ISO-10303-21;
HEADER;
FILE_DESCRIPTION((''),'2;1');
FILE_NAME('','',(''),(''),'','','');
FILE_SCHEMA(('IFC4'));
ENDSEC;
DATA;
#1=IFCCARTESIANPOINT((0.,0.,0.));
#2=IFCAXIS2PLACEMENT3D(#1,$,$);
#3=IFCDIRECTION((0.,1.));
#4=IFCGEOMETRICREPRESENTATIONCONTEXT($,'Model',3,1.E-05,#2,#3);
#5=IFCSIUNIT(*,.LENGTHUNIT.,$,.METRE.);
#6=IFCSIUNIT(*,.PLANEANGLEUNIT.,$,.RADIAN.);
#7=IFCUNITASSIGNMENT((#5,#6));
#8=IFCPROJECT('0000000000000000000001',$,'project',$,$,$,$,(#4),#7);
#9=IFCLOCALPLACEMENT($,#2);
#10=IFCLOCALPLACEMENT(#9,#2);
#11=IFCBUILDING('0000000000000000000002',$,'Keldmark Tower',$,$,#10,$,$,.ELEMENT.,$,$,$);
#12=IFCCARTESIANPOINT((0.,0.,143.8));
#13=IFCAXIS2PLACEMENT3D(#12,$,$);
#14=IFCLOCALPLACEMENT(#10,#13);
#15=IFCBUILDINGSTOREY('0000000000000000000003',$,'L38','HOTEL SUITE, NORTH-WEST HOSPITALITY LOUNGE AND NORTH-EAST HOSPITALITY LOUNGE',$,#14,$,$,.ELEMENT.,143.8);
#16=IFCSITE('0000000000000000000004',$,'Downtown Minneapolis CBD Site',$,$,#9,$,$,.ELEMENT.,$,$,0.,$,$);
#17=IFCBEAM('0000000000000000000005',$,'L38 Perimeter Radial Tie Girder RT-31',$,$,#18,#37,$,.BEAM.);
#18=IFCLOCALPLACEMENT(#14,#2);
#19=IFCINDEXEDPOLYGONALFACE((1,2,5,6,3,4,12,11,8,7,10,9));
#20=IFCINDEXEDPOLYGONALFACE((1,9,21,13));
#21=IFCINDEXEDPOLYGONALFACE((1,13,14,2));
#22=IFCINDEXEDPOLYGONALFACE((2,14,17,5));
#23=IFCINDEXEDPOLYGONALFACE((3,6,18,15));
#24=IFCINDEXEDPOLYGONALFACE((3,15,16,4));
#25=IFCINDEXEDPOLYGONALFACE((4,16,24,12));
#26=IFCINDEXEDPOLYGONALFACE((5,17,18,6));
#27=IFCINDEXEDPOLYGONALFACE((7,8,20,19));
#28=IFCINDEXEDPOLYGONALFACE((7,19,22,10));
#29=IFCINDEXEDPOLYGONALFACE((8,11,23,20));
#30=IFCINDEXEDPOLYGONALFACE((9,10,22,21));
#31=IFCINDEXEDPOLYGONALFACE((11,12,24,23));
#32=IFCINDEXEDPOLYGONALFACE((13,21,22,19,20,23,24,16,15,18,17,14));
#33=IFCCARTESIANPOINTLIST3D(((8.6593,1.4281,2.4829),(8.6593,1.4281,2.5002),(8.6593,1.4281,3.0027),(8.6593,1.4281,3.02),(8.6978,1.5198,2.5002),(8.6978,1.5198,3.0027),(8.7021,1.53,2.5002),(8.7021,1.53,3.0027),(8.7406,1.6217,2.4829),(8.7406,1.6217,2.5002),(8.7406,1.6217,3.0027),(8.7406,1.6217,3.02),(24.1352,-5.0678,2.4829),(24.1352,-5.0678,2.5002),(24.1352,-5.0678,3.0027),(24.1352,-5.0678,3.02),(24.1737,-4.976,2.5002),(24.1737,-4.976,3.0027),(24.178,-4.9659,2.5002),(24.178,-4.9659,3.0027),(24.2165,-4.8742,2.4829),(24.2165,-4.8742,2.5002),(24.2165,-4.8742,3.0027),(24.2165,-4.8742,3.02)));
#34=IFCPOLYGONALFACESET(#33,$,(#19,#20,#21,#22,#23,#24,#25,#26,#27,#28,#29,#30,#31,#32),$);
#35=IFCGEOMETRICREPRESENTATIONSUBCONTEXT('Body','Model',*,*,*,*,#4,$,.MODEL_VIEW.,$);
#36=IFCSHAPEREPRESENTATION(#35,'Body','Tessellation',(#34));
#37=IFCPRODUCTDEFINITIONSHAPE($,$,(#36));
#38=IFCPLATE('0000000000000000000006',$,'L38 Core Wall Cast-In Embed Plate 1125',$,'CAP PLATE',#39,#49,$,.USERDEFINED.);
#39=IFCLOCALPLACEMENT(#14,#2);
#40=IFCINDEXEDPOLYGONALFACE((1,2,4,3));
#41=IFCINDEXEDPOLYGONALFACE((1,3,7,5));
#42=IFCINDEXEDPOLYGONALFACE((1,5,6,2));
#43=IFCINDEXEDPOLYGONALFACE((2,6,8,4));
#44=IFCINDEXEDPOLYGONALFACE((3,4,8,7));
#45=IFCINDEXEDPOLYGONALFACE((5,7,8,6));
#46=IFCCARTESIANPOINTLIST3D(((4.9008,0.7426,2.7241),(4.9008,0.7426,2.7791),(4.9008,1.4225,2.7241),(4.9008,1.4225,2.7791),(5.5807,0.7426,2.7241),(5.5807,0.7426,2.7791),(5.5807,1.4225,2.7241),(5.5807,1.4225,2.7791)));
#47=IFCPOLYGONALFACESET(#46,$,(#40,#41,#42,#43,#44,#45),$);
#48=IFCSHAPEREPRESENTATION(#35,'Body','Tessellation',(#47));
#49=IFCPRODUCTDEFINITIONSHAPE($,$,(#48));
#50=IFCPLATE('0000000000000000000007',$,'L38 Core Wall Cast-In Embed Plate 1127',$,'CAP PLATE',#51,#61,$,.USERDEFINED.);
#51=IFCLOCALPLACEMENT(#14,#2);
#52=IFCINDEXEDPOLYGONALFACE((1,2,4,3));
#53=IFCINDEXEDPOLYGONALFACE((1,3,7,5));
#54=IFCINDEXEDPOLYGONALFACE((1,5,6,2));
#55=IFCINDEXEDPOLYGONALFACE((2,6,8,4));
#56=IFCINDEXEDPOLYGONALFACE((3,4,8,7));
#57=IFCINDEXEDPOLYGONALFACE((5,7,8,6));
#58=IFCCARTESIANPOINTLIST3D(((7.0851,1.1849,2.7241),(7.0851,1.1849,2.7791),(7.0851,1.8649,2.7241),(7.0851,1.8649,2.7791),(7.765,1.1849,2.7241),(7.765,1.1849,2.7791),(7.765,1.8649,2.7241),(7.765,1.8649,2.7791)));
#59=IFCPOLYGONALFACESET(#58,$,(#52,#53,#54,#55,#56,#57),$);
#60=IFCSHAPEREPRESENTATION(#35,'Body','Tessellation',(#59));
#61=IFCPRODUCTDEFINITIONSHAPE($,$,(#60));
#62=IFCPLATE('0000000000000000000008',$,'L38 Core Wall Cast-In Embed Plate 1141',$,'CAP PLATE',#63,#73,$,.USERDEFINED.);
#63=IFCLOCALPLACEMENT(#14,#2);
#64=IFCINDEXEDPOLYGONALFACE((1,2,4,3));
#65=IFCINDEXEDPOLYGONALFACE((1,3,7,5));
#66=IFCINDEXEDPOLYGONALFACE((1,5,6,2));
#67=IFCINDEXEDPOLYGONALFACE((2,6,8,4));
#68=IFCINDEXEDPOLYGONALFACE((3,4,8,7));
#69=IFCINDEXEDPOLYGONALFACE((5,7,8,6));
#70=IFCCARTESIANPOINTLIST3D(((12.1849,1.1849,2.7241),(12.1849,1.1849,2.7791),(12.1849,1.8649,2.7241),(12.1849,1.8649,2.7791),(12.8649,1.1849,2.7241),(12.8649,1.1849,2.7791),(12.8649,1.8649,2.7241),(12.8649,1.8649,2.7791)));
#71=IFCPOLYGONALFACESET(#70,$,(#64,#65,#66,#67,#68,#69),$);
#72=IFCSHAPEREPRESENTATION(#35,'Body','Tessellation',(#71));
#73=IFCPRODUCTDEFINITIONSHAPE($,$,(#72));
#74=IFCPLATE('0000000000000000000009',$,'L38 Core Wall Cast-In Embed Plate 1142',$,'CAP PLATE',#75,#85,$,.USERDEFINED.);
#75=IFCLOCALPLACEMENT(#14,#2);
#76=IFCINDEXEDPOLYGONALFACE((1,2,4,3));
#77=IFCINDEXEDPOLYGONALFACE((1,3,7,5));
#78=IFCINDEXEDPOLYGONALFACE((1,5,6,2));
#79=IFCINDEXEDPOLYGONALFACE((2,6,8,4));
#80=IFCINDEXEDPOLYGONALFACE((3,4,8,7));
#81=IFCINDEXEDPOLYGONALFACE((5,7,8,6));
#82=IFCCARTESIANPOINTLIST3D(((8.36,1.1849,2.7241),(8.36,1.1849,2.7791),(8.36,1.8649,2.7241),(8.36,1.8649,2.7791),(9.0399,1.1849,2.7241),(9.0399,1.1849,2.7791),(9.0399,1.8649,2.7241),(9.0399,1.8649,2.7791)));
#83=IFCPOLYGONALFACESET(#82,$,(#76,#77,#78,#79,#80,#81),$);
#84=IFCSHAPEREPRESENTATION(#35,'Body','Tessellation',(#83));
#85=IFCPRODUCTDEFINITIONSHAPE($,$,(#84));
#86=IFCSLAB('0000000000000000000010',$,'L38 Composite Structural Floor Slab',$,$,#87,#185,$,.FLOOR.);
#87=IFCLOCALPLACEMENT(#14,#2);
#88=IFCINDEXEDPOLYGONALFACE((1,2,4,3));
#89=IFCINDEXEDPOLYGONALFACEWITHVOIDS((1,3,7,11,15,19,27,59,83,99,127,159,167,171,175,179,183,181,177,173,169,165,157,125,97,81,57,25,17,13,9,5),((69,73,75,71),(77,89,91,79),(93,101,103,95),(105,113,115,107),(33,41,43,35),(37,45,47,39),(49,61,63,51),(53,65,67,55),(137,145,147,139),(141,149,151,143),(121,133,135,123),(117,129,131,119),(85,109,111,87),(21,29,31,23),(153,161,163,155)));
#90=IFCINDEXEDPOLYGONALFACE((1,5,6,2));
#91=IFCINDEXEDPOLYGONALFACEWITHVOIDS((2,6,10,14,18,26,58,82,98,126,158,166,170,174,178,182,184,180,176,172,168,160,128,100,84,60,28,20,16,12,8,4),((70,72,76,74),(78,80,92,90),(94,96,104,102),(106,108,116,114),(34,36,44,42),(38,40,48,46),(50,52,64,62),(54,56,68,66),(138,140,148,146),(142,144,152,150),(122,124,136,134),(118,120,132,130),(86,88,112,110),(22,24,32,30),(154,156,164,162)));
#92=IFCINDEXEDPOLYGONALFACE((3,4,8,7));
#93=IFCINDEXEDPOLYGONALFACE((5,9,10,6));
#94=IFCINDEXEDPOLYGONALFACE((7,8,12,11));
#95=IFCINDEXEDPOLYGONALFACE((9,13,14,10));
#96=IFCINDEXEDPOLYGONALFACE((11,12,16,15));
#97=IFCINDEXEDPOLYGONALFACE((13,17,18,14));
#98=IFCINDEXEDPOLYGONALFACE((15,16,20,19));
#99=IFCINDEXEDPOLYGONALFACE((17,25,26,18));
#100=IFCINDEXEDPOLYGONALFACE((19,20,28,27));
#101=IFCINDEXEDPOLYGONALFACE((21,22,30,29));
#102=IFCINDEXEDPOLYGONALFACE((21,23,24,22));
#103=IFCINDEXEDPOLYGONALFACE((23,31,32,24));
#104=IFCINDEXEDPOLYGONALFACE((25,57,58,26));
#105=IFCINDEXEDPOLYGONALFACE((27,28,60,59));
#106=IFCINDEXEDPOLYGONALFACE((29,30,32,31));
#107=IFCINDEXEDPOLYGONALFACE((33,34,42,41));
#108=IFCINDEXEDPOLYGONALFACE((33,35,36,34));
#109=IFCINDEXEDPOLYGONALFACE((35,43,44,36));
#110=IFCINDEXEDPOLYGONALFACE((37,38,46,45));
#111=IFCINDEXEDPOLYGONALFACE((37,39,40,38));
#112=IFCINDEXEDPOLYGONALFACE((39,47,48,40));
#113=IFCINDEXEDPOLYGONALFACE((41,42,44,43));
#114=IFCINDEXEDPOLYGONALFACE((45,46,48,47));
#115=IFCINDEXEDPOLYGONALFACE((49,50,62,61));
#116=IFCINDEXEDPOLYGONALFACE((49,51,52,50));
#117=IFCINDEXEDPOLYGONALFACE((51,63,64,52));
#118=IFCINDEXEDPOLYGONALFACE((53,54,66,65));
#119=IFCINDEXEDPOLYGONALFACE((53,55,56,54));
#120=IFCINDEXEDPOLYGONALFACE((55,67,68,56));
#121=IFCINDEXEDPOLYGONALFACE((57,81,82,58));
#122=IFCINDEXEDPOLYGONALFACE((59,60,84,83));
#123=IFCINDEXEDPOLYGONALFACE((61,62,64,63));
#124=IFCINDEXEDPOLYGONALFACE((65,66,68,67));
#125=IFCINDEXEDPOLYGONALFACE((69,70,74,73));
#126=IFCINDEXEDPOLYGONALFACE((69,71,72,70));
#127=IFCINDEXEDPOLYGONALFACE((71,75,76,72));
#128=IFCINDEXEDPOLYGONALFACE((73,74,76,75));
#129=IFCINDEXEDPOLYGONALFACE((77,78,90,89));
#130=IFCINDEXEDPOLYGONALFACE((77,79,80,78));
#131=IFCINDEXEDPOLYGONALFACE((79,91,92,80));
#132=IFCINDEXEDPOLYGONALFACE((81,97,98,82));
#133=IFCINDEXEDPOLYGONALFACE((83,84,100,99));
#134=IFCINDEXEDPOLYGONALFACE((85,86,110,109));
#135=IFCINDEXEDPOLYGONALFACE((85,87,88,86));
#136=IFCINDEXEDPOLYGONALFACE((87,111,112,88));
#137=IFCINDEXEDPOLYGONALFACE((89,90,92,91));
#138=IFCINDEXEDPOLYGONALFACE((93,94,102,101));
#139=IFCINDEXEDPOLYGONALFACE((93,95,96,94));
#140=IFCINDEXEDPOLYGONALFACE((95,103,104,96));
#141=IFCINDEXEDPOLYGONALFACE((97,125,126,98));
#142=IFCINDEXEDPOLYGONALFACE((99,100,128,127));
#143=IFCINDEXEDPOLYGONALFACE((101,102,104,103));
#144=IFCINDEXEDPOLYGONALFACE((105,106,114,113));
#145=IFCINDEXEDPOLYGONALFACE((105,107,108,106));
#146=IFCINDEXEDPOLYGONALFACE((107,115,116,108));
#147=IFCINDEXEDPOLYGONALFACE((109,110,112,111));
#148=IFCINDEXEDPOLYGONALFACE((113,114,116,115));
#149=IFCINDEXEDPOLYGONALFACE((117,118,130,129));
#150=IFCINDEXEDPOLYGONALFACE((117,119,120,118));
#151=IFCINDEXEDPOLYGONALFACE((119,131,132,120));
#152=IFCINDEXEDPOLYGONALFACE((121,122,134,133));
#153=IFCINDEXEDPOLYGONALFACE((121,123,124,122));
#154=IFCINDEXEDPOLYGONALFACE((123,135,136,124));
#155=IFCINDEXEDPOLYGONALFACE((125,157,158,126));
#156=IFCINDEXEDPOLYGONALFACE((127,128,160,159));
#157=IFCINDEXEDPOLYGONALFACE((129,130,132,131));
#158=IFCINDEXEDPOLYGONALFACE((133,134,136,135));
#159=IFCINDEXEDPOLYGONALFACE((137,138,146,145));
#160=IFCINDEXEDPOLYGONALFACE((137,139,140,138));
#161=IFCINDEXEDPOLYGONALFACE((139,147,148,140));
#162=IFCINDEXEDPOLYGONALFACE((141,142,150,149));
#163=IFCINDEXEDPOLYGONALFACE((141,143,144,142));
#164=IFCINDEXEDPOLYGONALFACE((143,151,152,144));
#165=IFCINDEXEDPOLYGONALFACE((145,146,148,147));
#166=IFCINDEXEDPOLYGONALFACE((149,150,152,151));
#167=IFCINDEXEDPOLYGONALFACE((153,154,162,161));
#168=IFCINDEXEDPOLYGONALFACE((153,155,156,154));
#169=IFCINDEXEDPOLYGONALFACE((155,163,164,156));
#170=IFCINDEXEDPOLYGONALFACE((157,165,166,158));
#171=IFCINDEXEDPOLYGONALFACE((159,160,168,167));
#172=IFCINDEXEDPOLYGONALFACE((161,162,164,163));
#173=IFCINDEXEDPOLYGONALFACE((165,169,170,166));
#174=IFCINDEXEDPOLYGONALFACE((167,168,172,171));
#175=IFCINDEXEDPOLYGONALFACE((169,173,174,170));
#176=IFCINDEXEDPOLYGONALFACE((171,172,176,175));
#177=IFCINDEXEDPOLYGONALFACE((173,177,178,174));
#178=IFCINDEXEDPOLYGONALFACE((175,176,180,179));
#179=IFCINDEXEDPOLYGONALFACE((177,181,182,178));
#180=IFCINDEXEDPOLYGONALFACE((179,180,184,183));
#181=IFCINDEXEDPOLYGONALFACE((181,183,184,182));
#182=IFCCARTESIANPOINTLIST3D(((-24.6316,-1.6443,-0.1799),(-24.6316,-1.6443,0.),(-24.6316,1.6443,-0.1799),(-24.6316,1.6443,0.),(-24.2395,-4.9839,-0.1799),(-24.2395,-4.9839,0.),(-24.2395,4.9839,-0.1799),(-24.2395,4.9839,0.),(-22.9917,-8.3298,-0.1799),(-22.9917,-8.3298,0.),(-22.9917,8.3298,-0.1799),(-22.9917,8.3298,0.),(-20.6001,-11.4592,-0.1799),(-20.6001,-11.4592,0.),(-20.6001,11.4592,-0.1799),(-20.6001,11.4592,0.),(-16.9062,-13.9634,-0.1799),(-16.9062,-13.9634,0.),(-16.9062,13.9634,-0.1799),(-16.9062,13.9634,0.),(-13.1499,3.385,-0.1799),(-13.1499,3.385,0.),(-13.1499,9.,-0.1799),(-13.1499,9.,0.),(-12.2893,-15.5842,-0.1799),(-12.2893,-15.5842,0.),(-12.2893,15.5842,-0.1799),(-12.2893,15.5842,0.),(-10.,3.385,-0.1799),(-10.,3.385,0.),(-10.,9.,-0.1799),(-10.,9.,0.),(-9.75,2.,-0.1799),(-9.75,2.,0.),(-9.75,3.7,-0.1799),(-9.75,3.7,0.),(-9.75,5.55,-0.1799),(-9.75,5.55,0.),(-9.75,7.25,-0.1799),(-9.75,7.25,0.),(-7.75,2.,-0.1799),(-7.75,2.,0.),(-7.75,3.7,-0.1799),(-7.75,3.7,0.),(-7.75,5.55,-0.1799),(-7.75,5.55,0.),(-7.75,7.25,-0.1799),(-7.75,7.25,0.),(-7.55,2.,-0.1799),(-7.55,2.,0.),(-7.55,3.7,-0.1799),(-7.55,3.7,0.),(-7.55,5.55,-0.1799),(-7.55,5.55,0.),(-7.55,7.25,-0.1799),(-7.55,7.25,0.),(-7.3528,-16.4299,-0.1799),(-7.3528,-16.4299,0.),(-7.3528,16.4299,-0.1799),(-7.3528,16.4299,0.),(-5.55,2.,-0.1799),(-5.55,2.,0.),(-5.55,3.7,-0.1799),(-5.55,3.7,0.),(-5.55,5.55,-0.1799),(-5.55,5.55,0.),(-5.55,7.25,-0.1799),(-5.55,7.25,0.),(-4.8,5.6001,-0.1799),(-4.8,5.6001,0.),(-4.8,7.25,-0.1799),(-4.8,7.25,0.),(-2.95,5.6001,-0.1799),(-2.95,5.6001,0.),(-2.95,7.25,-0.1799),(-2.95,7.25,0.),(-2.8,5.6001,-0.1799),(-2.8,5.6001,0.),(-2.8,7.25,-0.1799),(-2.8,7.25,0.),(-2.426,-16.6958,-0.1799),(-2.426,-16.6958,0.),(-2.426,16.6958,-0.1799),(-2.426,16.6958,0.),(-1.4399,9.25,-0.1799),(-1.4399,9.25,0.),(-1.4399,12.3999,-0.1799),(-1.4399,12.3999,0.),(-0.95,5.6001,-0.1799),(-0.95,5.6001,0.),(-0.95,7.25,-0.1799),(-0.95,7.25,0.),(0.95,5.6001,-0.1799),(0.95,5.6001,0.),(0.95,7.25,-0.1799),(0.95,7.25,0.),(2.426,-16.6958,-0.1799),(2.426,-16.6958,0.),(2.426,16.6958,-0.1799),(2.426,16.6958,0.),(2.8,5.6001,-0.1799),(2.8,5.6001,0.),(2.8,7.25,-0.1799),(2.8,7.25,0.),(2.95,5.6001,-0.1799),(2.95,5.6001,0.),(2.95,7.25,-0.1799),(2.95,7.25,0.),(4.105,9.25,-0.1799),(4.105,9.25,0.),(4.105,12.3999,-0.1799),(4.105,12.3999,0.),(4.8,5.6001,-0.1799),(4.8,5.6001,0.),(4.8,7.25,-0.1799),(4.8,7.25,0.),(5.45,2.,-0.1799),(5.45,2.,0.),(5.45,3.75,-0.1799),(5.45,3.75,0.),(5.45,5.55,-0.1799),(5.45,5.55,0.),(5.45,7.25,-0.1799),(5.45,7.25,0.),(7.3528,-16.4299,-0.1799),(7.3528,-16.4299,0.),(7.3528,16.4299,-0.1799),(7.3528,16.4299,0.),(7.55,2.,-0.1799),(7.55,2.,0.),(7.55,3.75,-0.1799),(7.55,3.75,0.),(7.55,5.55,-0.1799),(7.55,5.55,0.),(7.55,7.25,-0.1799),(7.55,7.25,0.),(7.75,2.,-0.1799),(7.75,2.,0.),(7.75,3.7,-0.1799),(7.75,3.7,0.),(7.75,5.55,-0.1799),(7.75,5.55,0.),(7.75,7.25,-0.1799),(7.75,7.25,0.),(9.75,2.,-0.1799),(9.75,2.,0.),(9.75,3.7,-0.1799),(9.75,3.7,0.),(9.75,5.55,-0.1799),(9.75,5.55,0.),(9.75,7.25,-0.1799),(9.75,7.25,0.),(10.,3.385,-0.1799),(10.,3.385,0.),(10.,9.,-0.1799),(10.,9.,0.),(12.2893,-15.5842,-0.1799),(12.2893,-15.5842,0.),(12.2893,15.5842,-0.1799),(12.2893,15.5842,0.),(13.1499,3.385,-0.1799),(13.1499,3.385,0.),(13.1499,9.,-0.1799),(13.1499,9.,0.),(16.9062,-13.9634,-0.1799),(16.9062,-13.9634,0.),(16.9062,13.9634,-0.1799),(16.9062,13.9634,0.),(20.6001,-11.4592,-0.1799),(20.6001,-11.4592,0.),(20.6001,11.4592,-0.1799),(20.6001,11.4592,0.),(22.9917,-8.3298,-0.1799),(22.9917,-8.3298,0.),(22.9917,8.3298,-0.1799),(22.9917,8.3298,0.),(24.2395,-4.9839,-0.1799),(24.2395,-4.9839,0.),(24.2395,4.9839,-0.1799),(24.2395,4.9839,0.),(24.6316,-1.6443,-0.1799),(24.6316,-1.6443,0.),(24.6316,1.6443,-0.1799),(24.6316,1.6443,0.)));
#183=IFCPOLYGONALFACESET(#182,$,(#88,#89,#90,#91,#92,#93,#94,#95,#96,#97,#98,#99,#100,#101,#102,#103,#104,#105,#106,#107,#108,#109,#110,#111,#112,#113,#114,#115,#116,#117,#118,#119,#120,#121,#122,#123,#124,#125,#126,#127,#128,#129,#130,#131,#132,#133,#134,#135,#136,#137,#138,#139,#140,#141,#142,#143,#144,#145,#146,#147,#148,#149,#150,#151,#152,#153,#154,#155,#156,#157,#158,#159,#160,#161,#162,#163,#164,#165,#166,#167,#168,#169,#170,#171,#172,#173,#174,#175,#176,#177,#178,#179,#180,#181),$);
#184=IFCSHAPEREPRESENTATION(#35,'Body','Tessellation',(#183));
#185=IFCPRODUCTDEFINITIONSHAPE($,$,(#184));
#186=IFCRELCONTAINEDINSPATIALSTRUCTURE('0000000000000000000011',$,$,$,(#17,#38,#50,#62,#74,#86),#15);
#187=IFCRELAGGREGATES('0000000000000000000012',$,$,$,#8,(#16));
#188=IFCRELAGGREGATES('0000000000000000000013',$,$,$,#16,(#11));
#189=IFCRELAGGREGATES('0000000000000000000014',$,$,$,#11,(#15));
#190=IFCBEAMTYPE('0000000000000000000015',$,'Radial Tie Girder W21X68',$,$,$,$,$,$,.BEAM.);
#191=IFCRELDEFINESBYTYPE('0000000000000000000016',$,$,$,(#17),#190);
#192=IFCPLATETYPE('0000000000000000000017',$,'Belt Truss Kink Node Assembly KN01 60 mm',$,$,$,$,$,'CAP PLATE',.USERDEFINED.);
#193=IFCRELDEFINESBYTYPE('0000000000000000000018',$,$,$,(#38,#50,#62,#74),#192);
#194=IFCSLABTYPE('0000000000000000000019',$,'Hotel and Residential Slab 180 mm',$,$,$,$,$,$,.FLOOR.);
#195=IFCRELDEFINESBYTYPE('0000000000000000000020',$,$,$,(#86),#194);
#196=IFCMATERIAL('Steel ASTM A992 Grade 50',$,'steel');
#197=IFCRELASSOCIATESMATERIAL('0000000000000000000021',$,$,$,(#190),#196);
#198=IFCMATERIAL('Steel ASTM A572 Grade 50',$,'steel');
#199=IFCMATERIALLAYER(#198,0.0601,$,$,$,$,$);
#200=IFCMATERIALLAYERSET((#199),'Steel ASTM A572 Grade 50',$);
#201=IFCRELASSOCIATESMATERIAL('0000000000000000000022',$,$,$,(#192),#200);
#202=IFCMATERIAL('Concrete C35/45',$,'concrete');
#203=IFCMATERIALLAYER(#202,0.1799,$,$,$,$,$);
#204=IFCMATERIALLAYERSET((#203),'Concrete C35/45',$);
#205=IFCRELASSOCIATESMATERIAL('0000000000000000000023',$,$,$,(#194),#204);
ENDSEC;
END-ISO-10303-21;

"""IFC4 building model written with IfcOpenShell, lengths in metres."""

from ifc_helpers import new_model, si_unit, direction, frame, origin, origin_2d, place, context, subcontext, project, spatial, polyline, rectangle, i_section, outline, extrude, material, layer, layer_set, material_profile, profile_set, type_object, element, save


model = new_model("IFC4")

# Units and contexts
model_context = context("Model", 3, precision=1e-05, world=origin(), true_north=direction((0.0, 1.0)))
body_context = subcontext(model_context, "Body", "Model", "MODEL_VIEW")
ifc_project = project(units=[si_unit("LENGTHUNIT", "METRE"), si_unit("PLANEANGLEUNIT", "RADIAN")], contexts=[model_context])

# Site, building, storey
site_placement = place(None, origin())
site = spatial("IfcSite", under=ifc_project, at=site_placement, Name="Downtown Minneapolis CBD Site", CompositionType="ELEMENT", RefElevation=0.0)
building_placement = place(site_placement, origin())
building = spatial("IfcBuilding", under=site, at=building_placement, Name="Keldmark Tower", CompositionType="ELEMENT")
storey_placement = place(building_placement, frame((0.0, 0.0, 143.8)))
storey = spatial("IfcBuildingStorey", under=building, at=storey_placement, Name="L38", Description="HOTEL SUITE, NORTH-WEST HOSPITALITY LOUNGE AND NORTH-EAST HOSPITALITY LOUNGE", CompositionType="ELEMENT", Elevation=143.8)

# Beam
ifc_material_1 = material(Name="Steel ASTM A992 Grade 50", Category="steel")
ifc_material_profile_1 = material_profile(ifc_material_1, i_section(OverallWidth=0.21, OverallDepth=0.5371, WebThickness=0.011, FlangeThickness=0.0173, at=origin_2d()), Name="W21X68")
ifc_profile_set_1 = profile_set([ifc_material_profile_1], Name="Steel ASTM A992 Grade 50")
beam_type_1 = type_object("IfcBeamType", Name="Radial Tie Girder W21X68", PredefinedType="BEAM", material=ifc_profile_set_1)
beam_1_placement = place(storey_placement, frame((8.7, 1.5249, 2.7515), z_axis=(0.922067, -0.38703, 0.0), x_axis=(0.38703, 0.922067, 0.0)))
element("IfcBeam", 1, at=beam_1_placement, inside=storey, type_object=beam_type_1, Name="L38 Perimeter Radial Tie Girder RT-31", PredefinedType="BEAM", context=body_context, shape_type="SweptSolid", body=[
    extrude(i_section(OverallWidth=0.21, OverallDepth=0.5371, WebThickness=0.011, FlangeThickness=0.0173, at=origin_2d()), origin(), (0.0, 0.0, 1.0), 16.7839),
])

# Plates
ifc_material_2 = material(Name="Steel ASTM A572 Grade 50", Category="steel")
ifc_layer_1 = layer(ifc_material_2, 0.0601)
ifc_layer_set_1 = layer_set([ifc_layer_1], Name="Steel ASTM A572 Grade 50")
plate_type = type_object("IfcPlateType", Name="Belt Truss Kink Node Assembly KN01 60 mm", ElementType="CAP PLATE", PredefinedType="USERDEFINED", material=ifc_layer_set_1)
for number, where, z_axis, x_axis, name in (
    (2, (5.2407, 1.0825, 2.7241), (0.0, 0.0, 1.0), (1.0, 0.0, 0.0), "L38 Core Wall Cast-In Embed Plate 1125"),
    (3, (7.425, 1.5249, 2.7241), (0.0, 0.0, 1.0), (1.0, 0.0, 0.0), "L38 Core Wall Cast-In Embed Plate 1127"),
    (4, (12.5249, 1.5249, 2.7241), (0.0, 0.0, 1.0), (1.0, 0.0, 0.0), "L38 Core Wall Cast-In Embed Plate 1141"),
    (5, (8.7, 1.5249, 2.7241), (0.0, 0.0, 1.0), (1.0, 0.0, 0.0), "L38 Core Wall Cast-In Embed Plate 1142"),
):
    element("IfcPlate", number, at=place(storey_placement, frame(where, z_axis=z_axis, x_axis=x_axis)), inside=storey, type_object=plate_type, Name=name, ObjectType="CAP PLATE", PredefinedType="USERDEFINED", context=body_context, shape_type="SweptSolid", body=[
        extrude(rectangle(XDim=0.6799, YDim=0.6799, at=origin_2d()), origin(), (0.0, 0.0, 1.0), 0.0549),
    ])

# Slab
ifc_material_3 = material(Name="Concrete C35/45", Category="concrete")
ifc_layer_2 = layer(ifc_material_3, 0.1799)
ifc_layer_set_2 = layer_set([ifc_layer_2], Name="Concrete C35/45")
slab_type_1 = type_object("IfcSlabType", Name="Hotel and Residential Slab 180 mm", PredefinedType="FLOOR", material=ifc_layer_set_2)
slab_1_placement = place(storey_placement, frame((0.0, 0.0, -0.1799)))
element("IfcSlab", 6, at=slab_1_placement, inside=storey, type_object=slab_type_1, Name="L38 Composite Structural Floor Slab", PredefinedType="FLOOR", context=body_context, shape_type="SweptSolid", body=[
    extrude(outline(polyline([(24.6316, 1.6443), (24.2395, 4.9839), (22.9917, 8.3298), (20.6001, 11.4592), (16.9062, 13.9634), (12.2893, 15.5842), (7.3528, 16.4299), (2.426, 16.6958), (-2.426, 16.6958), (-7.3528, 16.4299), (-12.2893, 15.5842), (-16.9062, 13.9634), (-20.6001, 11.4592), (-22.9917, 8.3298), (-24.2395, 4.9839), (-24.6316, 1.6443), (-24.6316, -1.6443), (-24.2395, -4.9839), (-22.9917, -8.3298), (-20.6001, -11.4592), (-16.9062, -13.9634), (-12.2893, -15.5842), (-7.3528, -16.4299), (-2.426, -16.6958), (2.426, -16.6958), (7.3528, -16.4299), (12.2893, -15.5842), (16.9062, -13.9634), (20.6001, -11.4592), (22.9917, -8.3298), (24.2395, -4.9839), (24.6316, -1.6443), (24.6316, 1.6443)]), holes=[polyline([(-10.0, 3.385), (-10.0, 9.0), (-13.1499, 9.0), (-13.1499, 3.385), (-10.0, 3.385)]), polyline([(13.1499, 3.385), (13.1499, 9.0), (10.0, 9.0), (10.0, 3.385), (13.1499, 3.385)]), polyline([(-1.4399, 9.25), (4.105, 9.25), (4.105, 12.3999), (-1.4399, 12.3999), (-1.4399, 9.25)]), polyline([(-9.75, 2.0), (-7.75, 2.0), (-7.75, 3.7), (-9.75, 3.7), (-9.75, 2.0)]), polyline([(7.75, 2.0), (9.75, 2.0), (9.75, 3.7), (7.75, 3.7), (7.75, 2.0)]), polyline([(5.45, 2.0), (7.55, 2.0), (7.55, 3.75), (5.45, 3.75), (5.45, 2.0)]), polyline([(-4.8, 5.6001), (-2.95, 5.6001), (-2.95, 7.25), (-4.8, 7.25), (-4.8, 5.6001)]), polyline([(-2.8, 5.6001), (-0.95, 5.6001), (-0.95, 7.25), (-2.8, 7.25), (-2.8, 5.6001)]), polyline([(0.95, 5.6001), (2.8, 5.6001), (2.8, 7.25), (0.95, 7.25), (0.95, 5.6001)]), polyline([(2.95, 5.6001), (4.8, 5.6001), (4.8, 7.25), (2.95, 7.25), (2.95, 5.6001)]), polyline([(-9.75, 5.55), (-7.75, 5.55), (-7.75, 7.25), (-9.75, 7.25), (-9.75, 5.55)]), polyline([(-7.55, 5.55), (-5.55, 5.55), (-5.55, 7.25), (-7.55, 7.25), (-7.55, 5.55)]), polyline([(-7.55, 2.0), (-5.55, 2.0), (-5.55, 3.7), (-7.55, 3.7), (-7.55, 2.0)]), polyline([(5.45, 5.55), (7.55, 5.55), (7.55, 7.25), (5.45, 7.25), (5.45, 5.55)]), polyline([(7.75, 5.55), (9.75, 5.55), (9.75, 7.25), (7.75, 7.25), (7.75, 5.55)])]), origin(), (0.0, 0.0, 1.0), 0.1799),
])

save(model, "model.ifc")
